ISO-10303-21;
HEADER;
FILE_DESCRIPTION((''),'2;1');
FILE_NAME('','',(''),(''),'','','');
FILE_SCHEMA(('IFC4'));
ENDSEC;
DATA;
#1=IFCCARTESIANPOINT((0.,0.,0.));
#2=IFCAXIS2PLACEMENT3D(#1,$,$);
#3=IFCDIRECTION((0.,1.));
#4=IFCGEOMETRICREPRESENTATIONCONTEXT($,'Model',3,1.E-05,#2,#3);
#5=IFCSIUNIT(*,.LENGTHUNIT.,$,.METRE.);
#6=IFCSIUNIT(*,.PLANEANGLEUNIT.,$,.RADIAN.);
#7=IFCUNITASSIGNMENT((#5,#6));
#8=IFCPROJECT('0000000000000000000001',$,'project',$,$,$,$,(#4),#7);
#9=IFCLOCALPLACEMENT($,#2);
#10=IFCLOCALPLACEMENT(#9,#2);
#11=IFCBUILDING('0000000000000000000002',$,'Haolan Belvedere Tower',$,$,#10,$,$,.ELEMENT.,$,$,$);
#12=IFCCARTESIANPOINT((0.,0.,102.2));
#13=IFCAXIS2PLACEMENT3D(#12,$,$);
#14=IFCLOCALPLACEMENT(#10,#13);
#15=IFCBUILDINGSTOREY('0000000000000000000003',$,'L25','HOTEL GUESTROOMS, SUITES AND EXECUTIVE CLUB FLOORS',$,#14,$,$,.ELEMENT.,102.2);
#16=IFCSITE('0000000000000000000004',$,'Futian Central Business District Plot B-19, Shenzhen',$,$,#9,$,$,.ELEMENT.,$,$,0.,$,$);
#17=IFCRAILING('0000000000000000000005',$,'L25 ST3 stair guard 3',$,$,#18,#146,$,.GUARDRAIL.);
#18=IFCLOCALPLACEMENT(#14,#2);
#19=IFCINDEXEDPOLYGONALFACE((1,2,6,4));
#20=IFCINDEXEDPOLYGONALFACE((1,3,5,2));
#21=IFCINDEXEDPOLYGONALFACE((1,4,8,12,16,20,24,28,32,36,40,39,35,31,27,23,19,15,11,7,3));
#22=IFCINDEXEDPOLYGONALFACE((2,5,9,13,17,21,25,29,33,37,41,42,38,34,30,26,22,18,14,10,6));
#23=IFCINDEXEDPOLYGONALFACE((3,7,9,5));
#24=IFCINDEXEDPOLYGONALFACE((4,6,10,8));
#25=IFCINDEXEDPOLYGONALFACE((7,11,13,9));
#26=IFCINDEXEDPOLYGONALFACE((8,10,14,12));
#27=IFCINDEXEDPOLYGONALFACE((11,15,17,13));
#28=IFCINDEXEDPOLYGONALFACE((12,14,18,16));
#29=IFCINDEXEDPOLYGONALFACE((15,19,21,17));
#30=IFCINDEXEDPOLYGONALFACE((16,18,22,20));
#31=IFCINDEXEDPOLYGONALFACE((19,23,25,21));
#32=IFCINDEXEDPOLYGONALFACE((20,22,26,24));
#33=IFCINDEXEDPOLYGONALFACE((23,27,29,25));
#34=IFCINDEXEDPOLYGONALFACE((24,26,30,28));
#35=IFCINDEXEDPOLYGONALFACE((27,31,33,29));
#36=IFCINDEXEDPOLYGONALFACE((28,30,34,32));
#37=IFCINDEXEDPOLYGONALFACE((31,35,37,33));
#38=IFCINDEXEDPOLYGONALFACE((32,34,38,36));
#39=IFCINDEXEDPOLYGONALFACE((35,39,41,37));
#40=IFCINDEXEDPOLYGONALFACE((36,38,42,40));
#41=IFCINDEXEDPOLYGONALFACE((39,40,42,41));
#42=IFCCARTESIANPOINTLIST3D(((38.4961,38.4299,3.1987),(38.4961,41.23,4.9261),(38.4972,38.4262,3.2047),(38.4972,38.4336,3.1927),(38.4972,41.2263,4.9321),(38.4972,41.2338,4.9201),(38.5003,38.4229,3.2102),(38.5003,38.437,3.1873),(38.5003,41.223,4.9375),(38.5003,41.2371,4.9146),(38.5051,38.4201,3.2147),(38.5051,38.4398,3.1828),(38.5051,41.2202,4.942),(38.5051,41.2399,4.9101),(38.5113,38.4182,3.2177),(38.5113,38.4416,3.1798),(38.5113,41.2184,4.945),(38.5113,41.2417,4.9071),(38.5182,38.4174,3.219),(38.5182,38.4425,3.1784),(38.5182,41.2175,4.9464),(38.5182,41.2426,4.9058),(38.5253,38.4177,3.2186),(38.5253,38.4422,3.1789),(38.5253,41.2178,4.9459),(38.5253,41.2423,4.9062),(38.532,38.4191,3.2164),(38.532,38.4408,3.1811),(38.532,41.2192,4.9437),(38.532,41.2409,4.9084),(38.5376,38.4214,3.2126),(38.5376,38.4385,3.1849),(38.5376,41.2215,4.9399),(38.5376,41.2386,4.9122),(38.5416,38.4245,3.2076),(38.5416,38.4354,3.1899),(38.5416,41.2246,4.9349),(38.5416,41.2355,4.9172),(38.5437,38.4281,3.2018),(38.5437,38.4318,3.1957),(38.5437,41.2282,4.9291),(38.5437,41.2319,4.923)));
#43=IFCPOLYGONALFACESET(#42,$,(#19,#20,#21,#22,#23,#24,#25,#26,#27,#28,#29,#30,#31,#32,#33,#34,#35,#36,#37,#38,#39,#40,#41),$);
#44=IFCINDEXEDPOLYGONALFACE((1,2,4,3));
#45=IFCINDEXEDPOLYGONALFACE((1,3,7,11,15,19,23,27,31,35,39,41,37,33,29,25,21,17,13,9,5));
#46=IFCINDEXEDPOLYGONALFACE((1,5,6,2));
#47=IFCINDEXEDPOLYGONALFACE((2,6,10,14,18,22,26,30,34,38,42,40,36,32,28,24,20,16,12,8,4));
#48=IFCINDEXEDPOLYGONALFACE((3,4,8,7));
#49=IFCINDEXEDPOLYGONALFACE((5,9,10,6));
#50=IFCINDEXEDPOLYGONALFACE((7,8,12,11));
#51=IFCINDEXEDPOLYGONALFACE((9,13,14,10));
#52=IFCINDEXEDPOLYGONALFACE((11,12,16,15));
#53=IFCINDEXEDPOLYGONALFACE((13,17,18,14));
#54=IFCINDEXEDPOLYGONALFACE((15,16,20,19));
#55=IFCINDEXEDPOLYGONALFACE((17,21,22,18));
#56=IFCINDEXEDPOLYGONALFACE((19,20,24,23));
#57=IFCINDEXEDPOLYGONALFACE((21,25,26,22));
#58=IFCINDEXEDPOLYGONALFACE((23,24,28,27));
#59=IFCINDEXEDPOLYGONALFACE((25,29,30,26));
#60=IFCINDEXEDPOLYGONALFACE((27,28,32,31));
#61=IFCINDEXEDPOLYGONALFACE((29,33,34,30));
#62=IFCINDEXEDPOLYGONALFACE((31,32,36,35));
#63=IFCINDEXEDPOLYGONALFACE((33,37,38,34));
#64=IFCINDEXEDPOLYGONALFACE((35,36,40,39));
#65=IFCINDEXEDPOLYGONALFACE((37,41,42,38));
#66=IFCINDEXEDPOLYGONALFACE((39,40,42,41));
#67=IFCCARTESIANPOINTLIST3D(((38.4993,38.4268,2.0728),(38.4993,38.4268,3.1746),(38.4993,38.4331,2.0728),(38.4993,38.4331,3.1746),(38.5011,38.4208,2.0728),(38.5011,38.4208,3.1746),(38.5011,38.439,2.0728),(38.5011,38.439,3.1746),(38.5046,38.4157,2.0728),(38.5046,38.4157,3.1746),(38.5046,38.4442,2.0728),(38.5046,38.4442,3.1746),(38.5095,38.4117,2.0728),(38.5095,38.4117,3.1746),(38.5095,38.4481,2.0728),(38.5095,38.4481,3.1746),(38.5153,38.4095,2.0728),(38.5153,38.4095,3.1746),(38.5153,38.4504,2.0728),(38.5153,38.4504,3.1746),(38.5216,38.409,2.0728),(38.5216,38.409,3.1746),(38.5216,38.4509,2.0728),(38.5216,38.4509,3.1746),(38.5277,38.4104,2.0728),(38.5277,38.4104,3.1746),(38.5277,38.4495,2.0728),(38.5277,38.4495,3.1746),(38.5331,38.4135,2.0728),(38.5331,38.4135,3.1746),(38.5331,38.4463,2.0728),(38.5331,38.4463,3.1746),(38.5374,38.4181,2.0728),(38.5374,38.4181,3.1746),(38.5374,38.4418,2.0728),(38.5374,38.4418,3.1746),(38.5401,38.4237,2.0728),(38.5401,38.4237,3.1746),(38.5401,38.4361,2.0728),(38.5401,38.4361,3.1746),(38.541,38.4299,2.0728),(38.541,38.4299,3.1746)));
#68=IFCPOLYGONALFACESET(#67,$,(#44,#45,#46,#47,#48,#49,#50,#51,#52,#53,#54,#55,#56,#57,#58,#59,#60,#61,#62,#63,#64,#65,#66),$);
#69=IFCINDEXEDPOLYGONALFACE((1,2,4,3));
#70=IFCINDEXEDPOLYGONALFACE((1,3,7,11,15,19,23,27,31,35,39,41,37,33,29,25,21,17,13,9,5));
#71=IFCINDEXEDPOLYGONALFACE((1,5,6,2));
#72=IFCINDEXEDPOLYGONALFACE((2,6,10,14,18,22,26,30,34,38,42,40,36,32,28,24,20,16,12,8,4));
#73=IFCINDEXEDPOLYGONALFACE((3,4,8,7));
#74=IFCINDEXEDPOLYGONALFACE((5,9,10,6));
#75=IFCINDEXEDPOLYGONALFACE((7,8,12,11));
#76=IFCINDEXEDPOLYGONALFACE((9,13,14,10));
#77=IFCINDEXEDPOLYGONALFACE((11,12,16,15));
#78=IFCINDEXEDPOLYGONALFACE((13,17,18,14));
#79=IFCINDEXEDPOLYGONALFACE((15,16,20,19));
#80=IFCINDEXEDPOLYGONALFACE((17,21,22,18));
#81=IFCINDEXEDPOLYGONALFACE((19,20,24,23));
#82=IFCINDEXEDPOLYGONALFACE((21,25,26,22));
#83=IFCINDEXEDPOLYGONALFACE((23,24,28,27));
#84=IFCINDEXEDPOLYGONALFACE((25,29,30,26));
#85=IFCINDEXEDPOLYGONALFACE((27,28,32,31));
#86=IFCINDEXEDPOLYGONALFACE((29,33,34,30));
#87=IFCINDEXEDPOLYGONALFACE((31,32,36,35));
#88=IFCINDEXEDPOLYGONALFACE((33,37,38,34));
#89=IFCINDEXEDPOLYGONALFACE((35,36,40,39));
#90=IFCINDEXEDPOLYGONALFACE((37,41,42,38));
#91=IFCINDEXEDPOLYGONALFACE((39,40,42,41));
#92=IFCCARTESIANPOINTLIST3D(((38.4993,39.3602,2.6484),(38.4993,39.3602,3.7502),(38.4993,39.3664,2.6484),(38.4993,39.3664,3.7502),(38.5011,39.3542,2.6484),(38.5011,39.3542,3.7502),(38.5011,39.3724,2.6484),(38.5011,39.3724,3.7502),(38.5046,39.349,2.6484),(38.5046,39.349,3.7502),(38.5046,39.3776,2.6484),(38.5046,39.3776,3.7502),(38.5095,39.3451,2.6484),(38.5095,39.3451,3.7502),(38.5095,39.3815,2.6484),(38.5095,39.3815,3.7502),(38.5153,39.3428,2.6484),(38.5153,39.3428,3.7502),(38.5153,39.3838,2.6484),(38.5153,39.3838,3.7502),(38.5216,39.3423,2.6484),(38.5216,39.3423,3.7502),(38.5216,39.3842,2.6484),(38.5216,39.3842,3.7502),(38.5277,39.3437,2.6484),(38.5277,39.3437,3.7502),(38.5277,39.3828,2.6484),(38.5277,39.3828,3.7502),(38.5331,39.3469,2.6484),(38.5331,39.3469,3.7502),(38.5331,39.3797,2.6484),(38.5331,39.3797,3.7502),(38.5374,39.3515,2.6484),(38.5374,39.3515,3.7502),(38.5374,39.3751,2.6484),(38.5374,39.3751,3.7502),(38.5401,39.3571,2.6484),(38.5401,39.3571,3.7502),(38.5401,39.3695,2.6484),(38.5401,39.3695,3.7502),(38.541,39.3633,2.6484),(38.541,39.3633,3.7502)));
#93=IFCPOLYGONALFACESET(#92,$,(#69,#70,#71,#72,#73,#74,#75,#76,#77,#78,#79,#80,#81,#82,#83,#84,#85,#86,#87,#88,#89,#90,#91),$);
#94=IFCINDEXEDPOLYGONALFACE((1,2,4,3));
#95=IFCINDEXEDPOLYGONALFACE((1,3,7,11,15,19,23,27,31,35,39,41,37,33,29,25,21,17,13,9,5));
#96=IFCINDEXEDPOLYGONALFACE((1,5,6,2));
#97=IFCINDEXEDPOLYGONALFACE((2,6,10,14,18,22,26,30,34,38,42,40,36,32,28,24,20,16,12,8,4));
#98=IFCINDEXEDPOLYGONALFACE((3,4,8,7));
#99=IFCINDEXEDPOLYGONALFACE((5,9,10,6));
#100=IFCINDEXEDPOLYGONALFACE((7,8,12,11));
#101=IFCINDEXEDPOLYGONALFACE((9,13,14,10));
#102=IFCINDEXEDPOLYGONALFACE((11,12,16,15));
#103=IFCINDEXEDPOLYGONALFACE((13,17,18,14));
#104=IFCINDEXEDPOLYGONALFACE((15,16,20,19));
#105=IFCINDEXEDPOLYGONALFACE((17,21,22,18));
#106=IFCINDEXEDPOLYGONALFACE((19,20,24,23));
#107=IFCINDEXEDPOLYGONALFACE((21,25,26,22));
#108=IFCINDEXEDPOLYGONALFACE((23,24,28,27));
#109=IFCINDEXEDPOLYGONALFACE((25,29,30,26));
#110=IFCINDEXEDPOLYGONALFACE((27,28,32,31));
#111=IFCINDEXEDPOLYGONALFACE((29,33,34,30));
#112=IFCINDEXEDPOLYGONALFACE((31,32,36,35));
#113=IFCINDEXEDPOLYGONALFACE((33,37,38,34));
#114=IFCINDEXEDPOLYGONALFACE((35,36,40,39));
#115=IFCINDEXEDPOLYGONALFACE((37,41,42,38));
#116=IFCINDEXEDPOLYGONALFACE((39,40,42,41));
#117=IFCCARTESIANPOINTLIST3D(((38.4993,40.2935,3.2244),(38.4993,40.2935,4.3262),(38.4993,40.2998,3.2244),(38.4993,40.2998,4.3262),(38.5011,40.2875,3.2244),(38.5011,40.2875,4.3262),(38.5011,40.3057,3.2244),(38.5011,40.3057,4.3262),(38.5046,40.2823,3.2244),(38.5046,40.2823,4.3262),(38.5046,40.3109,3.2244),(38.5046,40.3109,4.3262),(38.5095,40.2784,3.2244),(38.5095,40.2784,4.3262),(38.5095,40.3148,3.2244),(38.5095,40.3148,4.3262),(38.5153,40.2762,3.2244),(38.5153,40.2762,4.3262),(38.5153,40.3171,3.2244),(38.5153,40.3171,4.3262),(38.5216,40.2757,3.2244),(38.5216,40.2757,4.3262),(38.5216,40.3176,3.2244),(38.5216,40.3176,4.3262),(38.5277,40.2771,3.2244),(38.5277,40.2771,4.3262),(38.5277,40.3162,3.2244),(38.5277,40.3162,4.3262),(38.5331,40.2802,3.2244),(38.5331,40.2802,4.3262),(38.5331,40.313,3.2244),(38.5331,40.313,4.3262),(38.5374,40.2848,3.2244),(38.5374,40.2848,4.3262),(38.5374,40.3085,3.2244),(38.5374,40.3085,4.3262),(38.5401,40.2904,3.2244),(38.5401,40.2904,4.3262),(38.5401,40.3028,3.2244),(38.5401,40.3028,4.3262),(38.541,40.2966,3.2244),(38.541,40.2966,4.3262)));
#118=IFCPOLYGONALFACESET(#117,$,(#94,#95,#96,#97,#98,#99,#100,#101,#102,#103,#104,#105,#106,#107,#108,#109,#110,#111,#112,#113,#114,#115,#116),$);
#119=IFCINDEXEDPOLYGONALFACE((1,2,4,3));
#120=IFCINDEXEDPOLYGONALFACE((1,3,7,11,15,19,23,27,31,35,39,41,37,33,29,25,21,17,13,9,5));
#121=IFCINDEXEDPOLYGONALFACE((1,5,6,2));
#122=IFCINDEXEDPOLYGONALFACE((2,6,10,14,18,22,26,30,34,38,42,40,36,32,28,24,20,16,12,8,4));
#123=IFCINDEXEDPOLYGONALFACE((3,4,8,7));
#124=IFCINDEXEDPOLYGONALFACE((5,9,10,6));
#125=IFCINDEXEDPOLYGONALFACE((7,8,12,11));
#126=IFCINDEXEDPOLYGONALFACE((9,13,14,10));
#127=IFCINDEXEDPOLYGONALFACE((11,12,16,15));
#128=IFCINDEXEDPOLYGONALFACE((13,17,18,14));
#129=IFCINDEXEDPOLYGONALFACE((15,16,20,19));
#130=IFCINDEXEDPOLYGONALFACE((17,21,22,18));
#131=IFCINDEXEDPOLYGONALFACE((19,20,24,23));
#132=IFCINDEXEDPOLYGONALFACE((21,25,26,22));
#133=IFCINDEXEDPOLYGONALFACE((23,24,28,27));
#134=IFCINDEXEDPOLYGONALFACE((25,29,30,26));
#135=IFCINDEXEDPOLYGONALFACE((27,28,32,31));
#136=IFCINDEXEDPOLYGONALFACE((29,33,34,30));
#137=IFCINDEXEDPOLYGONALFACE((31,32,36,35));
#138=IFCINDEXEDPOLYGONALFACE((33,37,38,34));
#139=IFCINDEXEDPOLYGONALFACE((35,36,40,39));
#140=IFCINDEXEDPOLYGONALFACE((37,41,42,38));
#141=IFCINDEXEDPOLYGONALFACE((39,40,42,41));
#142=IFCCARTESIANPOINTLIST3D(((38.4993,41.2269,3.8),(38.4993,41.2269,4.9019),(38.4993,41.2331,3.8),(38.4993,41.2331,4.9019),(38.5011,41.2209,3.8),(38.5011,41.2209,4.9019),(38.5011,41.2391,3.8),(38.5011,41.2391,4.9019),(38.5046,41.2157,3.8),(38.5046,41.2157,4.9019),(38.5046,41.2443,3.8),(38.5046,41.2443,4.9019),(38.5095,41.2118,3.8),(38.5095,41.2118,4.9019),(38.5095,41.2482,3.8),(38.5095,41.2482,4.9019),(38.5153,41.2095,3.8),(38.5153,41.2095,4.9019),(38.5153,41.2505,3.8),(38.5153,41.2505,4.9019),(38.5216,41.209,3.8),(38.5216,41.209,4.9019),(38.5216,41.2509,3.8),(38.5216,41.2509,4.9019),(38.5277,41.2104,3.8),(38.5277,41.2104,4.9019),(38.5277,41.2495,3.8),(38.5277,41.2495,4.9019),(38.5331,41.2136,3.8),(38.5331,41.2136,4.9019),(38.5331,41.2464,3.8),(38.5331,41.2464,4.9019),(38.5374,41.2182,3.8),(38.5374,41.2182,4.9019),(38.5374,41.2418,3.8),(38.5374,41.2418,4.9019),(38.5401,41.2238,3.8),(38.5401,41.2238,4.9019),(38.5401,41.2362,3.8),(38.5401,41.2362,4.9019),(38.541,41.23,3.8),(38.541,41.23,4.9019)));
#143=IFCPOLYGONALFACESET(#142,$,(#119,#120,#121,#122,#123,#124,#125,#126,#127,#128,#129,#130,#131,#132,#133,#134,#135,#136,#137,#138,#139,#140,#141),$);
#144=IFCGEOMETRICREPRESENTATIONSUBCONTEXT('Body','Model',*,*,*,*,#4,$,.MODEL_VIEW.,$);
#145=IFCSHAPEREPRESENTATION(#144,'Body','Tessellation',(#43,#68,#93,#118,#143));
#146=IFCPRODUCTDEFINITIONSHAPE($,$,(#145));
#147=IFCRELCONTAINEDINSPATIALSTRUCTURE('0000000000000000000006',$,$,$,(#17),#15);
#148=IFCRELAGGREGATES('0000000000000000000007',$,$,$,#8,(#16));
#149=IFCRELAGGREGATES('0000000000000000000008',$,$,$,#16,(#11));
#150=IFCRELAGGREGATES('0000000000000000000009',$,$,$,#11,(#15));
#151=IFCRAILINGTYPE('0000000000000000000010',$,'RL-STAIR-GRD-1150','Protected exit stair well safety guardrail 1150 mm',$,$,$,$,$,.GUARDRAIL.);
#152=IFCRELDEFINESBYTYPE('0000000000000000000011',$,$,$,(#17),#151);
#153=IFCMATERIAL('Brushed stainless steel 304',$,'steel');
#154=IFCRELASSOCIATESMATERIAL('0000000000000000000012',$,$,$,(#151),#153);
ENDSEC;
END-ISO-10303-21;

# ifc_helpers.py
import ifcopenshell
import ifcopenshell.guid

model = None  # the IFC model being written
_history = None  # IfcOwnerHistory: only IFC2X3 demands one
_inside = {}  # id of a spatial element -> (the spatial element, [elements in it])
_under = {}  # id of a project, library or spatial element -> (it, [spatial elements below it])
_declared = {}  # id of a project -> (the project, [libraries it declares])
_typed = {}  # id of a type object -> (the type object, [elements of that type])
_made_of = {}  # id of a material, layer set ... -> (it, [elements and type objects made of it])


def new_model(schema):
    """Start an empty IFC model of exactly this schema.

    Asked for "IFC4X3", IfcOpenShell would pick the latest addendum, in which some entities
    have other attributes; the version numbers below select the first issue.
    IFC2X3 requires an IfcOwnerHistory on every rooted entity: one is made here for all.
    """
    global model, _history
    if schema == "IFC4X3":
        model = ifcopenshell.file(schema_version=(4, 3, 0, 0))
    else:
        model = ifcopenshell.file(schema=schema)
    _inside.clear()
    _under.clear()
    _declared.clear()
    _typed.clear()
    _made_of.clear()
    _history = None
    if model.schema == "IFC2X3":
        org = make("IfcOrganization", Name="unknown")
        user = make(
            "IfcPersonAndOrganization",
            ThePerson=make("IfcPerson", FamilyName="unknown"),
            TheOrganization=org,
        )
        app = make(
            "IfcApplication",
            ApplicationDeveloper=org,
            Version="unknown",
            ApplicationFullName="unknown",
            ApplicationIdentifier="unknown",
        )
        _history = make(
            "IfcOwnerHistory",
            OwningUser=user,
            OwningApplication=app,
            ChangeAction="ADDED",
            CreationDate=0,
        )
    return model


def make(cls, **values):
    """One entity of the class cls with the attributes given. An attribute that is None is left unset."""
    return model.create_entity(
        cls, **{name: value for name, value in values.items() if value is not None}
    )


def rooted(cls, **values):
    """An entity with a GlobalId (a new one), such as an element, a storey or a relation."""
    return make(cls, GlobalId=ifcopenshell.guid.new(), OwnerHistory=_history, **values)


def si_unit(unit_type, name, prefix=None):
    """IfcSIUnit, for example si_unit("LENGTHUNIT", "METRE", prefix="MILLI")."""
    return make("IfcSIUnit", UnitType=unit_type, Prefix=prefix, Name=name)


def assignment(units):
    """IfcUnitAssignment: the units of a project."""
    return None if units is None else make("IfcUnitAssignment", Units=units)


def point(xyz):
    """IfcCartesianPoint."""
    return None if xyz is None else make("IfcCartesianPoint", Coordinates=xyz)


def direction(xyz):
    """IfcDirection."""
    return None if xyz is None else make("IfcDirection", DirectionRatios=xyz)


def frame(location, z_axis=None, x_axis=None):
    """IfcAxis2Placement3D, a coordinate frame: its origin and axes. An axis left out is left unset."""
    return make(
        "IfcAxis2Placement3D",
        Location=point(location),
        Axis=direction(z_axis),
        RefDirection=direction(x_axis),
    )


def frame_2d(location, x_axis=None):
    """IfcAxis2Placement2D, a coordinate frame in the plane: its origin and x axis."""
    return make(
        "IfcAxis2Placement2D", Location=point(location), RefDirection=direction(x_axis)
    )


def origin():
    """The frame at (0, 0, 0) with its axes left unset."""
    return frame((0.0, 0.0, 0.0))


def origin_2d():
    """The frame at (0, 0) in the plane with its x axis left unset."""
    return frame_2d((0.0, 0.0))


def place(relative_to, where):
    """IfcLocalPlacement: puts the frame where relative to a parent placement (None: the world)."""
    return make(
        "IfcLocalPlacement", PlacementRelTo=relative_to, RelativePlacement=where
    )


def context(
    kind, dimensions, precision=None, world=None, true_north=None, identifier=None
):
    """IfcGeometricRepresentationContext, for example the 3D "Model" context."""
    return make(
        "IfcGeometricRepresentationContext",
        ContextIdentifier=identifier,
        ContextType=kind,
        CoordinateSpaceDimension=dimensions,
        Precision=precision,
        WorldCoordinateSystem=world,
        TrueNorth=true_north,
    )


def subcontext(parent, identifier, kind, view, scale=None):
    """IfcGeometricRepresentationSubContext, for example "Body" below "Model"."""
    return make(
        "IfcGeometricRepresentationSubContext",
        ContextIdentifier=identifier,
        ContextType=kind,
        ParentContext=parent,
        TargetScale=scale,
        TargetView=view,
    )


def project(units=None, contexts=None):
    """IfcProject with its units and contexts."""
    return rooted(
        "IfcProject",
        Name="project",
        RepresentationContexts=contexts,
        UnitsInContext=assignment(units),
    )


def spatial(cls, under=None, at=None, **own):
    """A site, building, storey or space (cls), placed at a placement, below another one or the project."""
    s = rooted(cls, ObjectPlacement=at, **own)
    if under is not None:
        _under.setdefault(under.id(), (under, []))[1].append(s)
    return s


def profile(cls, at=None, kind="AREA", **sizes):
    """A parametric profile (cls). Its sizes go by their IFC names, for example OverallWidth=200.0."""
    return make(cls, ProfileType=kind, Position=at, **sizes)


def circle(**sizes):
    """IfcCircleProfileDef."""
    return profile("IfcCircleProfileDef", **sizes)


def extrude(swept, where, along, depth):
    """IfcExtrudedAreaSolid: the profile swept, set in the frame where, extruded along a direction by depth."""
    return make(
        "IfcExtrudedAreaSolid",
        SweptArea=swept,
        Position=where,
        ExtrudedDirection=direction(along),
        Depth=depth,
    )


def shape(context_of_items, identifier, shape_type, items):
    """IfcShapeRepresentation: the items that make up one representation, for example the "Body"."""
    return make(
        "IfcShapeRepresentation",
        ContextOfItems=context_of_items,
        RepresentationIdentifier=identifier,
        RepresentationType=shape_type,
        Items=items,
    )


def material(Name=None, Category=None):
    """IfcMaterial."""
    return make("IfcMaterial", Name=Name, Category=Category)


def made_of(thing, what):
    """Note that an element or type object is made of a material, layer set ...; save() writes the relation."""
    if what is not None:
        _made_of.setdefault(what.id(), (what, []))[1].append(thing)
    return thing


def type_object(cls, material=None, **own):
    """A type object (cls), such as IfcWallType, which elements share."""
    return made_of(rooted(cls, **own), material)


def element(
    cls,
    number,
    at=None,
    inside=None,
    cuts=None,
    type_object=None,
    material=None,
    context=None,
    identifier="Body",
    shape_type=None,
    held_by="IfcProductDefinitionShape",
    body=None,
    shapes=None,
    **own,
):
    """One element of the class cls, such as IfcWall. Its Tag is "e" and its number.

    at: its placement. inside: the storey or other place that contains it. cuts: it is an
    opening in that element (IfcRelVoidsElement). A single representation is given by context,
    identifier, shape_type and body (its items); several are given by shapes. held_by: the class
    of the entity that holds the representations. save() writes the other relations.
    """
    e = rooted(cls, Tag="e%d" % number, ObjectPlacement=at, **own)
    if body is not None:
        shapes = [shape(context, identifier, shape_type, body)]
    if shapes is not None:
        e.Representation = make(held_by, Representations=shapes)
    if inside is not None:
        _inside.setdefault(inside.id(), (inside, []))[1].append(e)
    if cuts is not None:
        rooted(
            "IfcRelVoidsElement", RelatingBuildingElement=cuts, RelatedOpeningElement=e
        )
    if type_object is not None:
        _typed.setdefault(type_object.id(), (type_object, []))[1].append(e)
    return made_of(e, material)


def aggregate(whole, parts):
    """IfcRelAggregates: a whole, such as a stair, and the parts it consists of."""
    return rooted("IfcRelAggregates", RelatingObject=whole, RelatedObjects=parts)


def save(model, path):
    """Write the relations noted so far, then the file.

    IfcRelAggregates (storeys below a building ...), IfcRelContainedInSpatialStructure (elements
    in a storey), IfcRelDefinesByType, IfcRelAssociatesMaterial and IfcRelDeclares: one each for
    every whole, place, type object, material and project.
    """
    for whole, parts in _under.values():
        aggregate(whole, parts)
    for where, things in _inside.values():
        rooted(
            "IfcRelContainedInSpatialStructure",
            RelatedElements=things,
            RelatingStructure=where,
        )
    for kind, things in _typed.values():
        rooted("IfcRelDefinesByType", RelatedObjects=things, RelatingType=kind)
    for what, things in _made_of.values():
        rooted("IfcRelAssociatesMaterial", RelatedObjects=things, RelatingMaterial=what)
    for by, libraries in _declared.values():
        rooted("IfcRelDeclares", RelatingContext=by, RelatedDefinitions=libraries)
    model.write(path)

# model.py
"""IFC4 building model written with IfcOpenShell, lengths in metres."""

from ifc_helpers import new_model, si_unit, direction, frame, origin, origin_2d, place, context, subcontext, project, spatial, circle, extrude, material, type_object, element, save


model = new_model("IFC4")

# Units and contexts
model_context = context("Model", 3, precision=1e-05, world=origin(), true_north=direction((0.0, 1.0)))
body_context = subcontext(model_context, "Body", "Model", "MODEL_VIEW")
ifc_project = project(units=[si_unit("LENGTHUNIT", "METRE"), si_unit("PLANEANGLEUNIT", "RADIAN")], contexts=[model_context])

# Site, building, storey
site_placement = place(None, origin())
site = spatial("IfcSite", under=ifc_project, at=site_placement, Name="Futian Central Business District Plot B-19, Shenzhen", CompositionType="ELEMENT", RefElevation=0.0)
building_placement = place(site_placement, origin())
building = spatial("IfcBuilding", under=site, at=building_placement, Name="Haolan Belvedere Tower", CompositionType="ELEMENT")
storey_placement = place(building_placement, frame((0.0, 0.0, 102.2)))
storey = spatial("IfcBuildingStorey", under=building, at=storey_placement, Name="L25", Description="HOTEL GUESTROOMS, SUITES AND EXECUTIVE CLUB FLOORS", CompositionType="ELEMENT", Elevation=102.2)

# Railing
ifc_material_1 = material(Name="Brushed stainless steel 304", Category="steel")
railing_type_1 = type_object("IfcRailingType", Name="RL-STAIR-GRD-1150", Description="Protected exit stair well safety guardrail 1150 mm", PredefinedType="GUARDRAIL", material=ifc_material_1)
railing_1_placement = place(storey_placement, frame((38.52, 38.4299, 2.0728)))
element("IfcRailing", 1, at=railing_1_placement, inside=storey, type_object=railing_type_1, Name="L25 ST3 stair guard 3", PredefinedType="GUARDRAIL", context=body_context, shape_type="SweptSolid", body=[
    extrude(circle(Radius=0.0239, at=origin_2d()), frame((0.0, 0.0, 1.126), z_axis=(0.0, 0.85109, 0.52502), x_axis=(-1.0, 0.0, 0.0)), (0.0, 0.0, 1.0), 3.29),
    extrude(circle(Radius=0.021, at=origin_2d()), origin(), (0.0, 0.0, 1.0), 1.1018),
    extrude(circle(Radius=0.021, at=origin_2d()), frame((0.0, 0.9333, 0.5757)), (0.0, 0.0, 1.0), 1.1018),
    extrude(circle(Radius=0.021, at=origin_2d()), frame((0.0, 1.8667, 1.1516)), (0.0, 0.0, 1.0), 1.1018),
    extrude(circle(Radius=0.021, at=origin_2d()), frame((0.0, 2.8, 1.7273)), (0.0, 0.0, 1.0), 1.1018),
])

save(model, "model.ifc")
